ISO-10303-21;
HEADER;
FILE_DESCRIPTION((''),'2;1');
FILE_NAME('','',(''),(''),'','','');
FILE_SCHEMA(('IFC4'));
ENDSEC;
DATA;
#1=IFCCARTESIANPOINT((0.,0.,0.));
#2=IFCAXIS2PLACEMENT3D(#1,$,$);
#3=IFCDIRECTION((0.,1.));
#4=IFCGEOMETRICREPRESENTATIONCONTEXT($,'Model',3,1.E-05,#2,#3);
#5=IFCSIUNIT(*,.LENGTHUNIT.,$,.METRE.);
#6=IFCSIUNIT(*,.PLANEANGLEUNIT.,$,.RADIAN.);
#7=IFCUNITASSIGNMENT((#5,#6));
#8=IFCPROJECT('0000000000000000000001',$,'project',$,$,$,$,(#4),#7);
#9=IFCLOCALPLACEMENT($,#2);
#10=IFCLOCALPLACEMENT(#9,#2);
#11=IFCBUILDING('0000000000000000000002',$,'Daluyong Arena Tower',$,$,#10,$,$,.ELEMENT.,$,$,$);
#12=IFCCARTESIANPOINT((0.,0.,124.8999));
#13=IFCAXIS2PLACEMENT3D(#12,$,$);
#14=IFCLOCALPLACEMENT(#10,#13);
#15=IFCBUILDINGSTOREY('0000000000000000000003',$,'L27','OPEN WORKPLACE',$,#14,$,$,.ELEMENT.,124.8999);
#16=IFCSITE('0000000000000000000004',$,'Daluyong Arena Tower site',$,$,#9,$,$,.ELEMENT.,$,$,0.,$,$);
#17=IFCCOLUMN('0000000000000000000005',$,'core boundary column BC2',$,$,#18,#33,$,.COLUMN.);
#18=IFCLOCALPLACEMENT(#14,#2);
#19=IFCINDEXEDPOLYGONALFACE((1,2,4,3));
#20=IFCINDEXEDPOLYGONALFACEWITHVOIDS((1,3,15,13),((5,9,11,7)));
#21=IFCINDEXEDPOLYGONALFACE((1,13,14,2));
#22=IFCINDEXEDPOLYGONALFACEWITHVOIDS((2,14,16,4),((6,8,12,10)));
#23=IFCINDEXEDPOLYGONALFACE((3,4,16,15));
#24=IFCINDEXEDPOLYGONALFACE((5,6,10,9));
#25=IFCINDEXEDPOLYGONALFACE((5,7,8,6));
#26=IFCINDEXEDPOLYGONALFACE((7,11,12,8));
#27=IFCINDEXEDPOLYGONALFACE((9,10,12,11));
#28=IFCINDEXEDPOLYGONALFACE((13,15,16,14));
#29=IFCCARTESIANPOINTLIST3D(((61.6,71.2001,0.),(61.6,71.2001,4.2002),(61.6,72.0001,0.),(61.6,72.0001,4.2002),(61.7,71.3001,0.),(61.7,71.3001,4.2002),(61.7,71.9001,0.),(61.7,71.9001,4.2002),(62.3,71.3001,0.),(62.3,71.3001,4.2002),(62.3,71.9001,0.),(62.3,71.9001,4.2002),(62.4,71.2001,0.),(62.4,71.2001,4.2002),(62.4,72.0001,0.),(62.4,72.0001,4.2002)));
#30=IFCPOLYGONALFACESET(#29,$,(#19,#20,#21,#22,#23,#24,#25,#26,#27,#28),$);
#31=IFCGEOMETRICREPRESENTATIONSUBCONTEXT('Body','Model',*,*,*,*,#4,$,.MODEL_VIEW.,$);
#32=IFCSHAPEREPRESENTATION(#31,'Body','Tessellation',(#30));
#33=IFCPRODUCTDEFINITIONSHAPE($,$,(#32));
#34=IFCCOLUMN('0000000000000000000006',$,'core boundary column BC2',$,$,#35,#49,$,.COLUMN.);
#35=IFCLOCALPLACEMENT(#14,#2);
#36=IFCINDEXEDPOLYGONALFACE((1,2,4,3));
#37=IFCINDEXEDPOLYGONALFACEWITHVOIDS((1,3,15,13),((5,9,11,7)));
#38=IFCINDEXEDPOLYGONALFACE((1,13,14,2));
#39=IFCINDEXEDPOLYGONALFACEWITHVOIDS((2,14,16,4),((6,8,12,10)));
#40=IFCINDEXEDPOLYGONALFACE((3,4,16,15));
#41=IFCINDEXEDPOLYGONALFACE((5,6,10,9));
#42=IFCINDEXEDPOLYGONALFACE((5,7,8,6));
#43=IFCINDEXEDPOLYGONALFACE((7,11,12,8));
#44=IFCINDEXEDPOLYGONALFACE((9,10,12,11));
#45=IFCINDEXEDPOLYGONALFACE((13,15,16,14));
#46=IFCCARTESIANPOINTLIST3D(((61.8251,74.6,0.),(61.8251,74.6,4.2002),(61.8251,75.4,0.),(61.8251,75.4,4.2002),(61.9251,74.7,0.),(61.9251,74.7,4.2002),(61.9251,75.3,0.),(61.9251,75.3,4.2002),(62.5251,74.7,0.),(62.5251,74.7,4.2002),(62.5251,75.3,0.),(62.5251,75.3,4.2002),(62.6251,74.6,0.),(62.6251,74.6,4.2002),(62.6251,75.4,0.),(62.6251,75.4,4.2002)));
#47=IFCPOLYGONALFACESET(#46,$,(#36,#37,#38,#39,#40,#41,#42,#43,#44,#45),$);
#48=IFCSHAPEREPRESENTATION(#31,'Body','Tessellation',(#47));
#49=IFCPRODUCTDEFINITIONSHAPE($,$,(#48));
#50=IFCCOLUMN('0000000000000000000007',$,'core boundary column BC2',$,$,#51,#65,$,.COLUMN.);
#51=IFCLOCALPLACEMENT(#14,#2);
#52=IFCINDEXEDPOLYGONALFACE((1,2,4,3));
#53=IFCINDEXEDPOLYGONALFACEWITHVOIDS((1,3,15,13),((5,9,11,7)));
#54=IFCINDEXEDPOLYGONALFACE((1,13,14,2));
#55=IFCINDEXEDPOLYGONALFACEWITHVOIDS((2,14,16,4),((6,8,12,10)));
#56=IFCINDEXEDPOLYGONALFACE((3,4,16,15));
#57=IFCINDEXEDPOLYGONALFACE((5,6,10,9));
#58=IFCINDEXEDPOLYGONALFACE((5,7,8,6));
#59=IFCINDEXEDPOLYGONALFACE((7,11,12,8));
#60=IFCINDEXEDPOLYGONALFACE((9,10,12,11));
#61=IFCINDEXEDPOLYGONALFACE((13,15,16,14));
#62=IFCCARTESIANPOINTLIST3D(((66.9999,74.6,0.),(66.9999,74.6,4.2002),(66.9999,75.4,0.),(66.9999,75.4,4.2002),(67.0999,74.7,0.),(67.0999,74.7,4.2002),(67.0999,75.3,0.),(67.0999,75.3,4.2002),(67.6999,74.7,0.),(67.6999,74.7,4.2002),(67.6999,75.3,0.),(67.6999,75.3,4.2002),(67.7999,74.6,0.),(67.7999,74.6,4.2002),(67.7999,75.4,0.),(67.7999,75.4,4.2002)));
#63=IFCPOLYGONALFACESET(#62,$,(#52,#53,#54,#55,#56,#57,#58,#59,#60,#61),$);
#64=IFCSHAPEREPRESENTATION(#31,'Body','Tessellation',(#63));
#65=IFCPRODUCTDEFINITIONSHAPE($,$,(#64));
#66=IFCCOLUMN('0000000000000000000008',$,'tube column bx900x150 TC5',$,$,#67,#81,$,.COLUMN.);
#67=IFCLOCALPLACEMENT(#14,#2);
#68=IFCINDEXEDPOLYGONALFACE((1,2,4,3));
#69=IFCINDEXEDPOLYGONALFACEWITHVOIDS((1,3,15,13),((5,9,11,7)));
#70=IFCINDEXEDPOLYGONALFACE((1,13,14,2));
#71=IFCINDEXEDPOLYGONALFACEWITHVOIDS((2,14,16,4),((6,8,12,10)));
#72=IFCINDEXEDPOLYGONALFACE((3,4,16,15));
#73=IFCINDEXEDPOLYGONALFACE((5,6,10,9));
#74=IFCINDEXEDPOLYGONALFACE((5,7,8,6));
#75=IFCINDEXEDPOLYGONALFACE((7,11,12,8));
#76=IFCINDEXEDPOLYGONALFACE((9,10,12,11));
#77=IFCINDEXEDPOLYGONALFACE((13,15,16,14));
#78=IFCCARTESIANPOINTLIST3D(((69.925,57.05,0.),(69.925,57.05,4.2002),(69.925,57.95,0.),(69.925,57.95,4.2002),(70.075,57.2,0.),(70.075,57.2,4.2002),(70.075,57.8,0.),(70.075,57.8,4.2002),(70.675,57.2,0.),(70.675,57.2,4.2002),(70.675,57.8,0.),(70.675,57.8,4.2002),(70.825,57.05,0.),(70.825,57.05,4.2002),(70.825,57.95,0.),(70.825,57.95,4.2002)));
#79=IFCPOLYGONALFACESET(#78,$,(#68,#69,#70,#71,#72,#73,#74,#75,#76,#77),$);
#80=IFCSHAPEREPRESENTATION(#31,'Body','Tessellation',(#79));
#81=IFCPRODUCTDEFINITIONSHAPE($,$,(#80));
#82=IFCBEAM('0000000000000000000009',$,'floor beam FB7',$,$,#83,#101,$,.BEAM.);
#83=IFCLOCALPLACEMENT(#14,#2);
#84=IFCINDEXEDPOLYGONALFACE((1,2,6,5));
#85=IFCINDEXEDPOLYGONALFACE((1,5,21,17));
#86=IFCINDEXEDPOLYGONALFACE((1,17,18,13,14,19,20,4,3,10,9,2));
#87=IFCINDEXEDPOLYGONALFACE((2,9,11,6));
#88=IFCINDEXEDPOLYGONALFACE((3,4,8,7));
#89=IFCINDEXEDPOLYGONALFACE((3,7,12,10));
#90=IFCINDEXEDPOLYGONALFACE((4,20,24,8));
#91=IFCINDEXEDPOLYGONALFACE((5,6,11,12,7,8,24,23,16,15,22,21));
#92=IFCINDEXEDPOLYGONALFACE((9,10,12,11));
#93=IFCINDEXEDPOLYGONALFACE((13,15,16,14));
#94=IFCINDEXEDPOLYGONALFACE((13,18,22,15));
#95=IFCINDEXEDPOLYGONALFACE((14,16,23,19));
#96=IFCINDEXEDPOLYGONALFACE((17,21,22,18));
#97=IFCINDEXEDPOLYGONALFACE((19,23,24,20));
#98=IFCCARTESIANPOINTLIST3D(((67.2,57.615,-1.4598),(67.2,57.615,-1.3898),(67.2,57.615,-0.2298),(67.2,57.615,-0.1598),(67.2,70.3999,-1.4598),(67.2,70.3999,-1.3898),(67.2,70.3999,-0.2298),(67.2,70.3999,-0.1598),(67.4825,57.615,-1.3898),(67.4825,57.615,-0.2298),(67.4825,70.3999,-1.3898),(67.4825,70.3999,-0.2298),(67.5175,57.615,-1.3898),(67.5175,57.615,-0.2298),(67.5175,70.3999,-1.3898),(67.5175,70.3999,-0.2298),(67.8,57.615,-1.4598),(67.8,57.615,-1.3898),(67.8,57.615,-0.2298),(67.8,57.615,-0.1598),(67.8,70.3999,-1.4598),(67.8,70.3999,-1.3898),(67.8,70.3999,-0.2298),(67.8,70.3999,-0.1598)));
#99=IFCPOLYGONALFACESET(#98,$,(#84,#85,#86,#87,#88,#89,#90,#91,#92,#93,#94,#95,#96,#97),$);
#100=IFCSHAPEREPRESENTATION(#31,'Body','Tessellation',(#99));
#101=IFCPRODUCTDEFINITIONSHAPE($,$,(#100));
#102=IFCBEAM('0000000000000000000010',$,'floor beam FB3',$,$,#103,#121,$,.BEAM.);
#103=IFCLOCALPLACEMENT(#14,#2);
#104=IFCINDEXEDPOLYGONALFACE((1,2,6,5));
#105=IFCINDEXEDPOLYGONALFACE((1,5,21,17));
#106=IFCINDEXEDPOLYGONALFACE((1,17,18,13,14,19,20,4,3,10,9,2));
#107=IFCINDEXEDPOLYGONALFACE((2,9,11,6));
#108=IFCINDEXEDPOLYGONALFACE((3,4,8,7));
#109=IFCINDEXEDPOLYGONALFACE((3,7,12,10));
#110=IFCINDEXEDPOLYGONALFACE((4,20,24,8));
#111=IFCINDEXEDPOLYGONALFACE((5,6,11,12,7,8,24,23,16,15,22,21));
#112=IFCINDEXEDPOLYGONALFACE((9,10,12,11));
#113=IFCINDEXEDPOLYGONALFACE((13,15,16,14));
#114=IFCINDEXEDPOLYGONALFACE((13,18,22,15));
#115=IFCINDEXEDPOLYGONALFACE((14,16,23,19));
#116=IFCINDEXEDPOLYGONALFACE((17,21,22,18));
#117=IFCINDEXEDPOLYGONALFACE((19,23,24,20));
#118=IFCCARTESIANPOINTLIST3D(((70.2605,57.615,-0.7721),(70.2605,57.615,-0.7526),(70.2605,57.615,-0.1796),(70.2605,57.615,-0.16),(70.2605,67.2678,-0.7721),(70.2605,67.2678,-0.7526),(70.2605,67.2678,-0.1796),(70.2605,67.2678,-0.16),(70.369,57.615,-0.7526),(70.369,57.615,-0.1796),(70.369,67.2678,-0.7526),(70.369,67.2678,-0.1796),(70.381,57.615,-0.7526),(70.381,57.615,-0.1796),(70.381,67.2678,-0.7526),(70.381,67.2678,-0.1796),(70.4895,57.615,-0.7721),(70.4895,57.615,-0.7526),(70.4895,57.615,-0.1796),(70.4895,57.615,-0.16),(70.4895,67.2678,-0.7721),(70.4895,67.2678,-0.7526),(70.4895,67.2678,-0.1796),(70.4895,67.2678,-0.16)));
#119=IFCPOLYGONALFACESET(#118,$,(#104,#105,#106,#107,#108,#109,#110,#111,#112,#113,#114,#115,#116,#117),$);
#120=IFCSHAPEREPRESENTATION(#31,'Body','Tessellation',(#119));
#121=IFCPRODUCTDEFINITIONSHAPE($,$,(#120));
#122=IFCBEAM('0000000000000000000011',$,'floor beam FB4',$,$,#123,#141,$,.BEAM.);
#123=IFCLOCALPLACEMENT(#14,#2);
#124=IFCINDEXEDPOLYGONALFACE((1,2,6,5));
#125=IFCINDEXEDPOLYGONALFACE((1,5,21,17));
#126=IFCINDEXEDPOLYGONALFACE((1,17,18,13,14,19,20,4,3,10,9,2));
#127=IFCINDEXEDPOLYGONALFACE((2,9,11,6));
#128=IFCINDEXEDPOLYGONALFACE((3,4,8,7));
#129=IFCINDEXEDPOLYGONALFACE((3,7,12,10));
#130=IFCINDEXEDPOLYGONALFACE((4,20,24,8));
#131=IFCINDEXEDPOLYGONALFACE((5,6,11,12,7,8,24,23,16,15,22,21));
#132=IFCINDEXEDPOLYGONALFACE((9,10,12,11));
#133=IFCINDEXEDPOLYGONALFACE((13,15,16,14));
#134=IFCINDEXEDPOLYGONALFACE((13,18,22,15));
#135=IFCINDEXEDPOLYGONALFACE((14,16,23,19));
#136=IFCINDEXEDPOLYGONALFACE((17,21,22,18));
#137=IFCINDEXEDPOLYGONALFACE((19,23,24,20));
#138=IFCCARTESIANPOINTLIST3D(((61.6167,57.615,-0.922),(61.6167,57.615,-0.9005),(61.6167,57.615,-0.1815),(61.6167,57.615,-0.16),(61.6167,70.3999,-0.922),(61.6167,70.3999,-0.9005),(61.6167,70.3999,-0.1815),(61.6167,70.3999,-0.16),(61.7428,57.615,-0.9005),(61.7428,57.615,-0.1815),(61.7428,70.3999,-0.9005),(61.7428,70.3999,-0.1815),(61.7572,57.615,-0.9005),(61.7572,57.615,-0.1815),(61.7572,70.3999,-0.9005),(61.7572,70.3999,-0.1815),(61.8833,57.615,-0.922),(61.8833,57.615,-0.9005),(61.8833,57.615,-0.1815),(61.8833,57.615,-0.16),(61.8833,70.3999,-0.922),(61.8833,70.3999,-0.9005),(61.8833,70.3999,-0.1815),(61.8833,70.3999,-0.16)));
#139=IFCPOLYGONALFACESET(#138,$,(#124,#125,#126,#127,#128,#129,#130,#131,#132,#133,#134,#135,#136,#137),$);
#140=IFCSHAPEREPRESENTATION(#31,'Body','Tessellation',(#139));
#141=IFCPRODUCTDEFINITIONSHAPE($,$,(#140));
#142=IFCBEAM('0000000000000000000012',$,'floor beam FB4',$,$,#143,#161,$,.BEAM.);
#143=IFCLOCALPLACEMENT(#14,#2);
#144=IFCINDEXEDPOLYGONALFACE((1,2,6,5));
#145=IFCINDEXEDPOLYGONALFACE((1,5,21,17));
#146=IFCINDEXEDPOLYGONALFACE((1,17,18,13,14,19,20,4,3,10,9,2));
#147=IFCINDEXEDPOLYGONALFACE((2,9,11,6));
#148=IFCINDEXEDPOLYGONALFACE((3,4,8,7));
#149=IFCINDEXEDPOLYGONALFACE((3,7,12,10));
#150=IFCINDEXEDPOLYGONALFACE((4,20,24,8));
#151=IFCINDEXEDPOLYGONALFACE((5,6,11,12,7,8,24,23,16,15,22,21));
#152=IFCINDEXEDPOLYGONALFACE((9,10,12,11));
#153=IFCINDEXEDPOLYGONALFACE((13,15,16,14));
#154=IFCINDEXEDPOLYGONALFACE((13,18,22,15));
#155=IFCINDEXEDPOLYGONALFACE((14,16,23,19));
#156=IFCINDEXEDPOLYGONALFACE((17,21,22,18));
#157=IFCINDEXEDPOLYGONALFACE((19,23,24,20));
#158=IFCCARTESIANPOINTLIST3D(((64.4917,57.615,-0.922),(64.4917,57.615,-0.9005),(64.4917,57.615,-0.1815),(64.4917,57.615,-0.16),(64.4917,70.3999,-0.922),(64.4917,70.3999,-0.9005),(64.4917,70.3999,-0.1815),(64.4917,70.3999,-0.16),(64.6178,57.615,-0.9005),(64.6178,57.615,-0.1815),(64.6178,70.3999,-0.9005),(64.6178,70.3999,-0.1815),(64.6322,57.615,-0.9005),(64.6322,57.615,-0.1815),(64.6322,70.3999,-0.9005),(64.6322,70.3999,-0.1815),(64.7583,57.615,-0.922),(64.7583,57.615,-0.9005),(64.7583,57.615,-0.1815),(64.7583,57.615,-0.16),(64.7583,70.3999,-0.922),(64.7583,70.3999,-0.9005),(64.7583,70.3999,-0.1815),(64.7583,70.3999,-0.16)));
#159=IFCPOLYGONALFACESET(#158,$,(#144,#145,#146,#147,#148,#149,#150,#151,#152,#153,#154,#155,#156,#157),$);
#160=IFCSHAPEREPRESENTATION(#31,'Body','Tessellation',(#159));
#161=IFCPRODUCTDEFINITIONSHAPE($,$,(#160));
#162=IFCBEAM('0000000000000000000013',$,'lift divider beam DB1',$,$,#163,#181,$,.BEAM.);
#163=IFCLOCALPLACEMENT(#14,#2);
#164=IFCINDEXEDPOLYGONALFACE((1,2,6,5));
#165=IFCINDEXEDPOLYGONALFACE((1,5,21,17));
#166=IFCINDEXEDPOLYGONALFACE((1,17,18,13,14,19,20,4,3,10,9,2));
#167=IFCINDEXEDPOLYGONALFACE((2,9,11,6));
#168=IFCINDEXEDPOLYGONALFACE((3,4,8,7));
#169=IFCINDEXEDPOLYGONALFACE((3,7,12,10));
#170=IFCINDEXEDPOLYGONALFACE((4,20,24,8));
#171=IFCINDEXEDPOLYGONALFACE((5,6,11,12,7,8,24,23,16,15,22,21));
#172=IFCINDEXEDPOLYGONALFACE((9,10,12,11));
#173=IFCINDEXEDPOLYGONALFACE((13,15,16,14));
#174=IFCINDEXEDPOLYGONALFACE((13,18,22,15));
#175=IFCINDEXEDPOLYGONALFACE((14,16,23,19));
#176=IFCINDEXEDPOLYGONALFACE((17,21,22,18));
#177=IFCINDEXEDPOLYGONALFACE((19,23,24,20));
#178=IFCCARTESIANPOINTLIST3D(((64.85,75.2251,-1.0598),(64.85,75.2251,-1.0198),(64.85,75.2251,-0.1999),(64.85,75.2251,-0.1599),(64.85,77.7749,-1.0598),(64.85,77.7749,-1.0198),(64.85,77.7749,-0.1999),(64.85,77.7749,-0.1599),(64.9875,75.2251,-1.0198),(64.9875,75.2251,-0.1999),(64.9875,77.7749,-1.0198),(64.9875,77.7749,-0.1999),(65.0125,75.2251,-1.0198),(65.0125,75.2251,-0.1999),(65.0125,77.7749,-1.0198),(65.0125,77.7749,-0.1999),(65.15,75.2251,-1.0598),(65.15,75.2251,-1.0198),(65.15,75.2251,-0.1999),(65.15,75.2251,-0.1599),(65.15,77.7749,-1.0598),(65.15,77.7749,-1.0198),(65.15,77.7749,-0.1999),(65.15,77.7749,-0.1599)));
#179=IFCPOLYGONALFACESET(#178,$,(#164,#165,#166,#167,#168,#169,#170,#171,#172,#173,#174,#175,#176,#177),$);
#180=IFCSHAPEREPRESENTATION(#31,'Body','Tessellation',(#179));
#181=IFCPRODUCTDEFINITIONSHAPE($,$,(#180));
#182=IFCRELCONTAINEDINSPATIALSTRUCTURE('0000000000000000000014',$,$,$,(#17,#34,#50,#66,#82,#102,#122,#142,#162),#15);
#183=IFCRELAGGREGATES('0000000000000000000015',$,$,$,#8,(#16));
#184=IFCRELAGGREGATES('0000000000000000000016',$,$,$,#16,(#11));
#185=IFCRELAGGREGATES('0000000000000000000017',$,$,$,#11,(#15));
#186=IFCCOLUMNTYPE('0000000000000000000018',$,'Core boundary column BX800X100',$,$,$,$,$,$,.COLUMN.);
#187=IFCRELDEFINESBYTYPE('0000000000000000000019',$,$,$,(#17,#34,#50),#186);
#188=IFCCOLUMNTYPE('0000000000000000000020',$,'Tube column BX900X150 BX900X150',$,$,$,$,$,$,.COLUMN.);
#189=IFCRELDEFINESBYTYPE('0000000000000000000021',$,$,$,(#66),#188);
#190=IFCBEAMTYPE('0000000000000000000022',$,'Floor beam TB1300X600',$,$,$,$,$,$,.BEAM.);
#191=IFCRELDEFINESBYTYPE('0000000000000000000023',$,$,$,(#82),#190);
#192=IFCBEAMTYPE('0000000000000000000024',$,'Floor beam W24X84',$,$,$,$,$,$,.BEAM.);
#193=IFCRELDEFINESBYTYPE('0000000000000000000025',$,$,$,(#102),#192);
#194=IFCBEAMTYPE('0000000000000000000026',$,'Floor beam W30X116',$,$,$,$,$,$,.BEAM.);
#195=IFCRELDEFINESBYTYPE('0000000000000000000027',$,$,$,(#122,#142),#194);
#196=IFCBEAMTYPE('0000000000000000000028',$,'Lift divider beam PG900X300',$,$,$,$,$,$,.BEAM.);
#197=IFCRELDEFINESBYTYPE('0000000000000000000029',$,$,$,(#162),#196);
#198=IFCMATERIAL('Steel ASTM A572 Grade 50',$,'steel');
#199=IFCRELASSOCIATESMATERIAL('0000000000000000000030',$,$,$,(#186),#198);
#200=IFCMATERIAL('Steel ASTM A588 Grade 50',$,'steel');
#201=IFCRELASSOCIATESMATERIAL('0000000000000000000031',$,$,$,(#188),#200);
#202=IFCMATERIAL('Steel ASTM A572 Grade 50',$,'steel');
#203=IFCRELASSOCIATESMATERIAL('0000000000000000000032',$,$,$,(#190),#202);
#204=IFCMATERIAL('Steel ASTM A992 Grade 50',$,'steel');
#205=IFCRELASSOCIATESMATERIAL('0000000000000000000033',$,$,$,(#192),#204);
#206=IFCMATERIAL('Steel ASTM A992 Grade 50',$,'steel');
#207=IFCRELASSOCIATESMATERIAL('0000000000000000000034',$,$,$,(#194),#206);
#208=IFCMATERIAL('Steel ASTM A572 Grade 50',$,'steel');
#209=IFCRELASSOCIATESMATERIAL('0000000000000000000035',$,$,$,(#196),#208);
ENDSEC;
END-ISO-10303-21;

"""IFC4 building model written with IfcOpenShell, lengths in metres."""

from ifc_helpers import new_model, si_unit, direction, frame, origin, origin_2d, place, context, subcontext, project, spatial, hollow_rectangle, i_section, extrude, material, material_profile, profile_set, type_object, element, save


model = new_model("IFC4")

# Units and contexts
model_context = context("Model", 3, precision=1e-05, world=origin(), true_north=direction((0.0, 1.0)))
body_context = subcontext(model_context, "Body", "Model", "MODEL_VIEW")
ifc_project = project(units=[si_unit("LENGTHUNIT", "METRE"), si_unit("PLANEANGLEUNIT", "RADIAN")], contexts=[model_context])

# Site, building, storey
site_placement = place(None, origin())
site = spatial("IfcSite", under=ifc_project, at=site_placement, Name="Daluyong Arena Tower site", CompositionType="ELEMENT", RefElevation=0.0)
building_placement = place(site_placement, origin())
building = spatial("IfcBuilding", under=site, at=building_placement, Name="Daluyong Arena Tower", CompositionType="ELEMENT")
storey_placement = place(building_placement, frame((0.0, 0.0, 124.8999)))
storey = spatial("IfcBuildingStorey", under=building, at=storey_placement, Name="L27", Description="OPEN WORKPLACE", CompositionType="ELEMENT", Elevation=124.8999)

# Columns
ifc_material_1 = material(Name="Steel ASTM A572 Grade 50", Category="steel")
ifc_material_profile_1 = material_profile(ifc_material_1, hollow_rectangle(XDim=0.8, YDim=0.8, WallThickness=0.1, at=origin_2d()))
ifc_profile_set_1 = profile_set([ifc_material_profile_1], Name="Steel ASTM A572 Grade 50")
column_type_1 = type_object("IfcColumnType", Name="Core boundary column BX800X100", PredefinedType="COLUMN", material=ifc_profile_set_1)
for number, where, z_axis, x_axis, name in (
    (1, (62.0, 71.6001, 0.0), (0.0, 0.0, 1.0), (1.0, 0.0, 0.0), "core boundary column BC2"),
    (2, (62.2251, 75.0, 0.0), (0.0, 0.0, 1.0), (1.0, 0.0, 0.0), "core boundary column BC2"),
    (3, (67.3999, 75.0, 0.0), (0.0, 0.0, 1.0), (1.0, 0.0, 0.0), "core boundary column BC2"),
):
    element("IfcColumn", number, at=place(storey_placement, frame(where, z_axis=z_axis, x_axis=x_axis)), inside=storey, type_object=column_type_1, Name=name, PredefinedType="COLUMN", context=body_context, shape_type="SweptSolid", body=[
        extrude(hollow_rectangle(XDim=0.8, YDim=0.8, WallThickness=0.1, at=origin_2d()), origin(), (0.0, 0.0, 1.0), 4.2002),
    ])
ifc_material_2 = material(Name="Steel ASTM A588 Grade 50", Category="steel")
ifc_material_profile_2 = material_profile(ifc_material_2, hollow_rectangle(XDim=0.8999, YDim=0.8999, WallThickness=0.15, at=origin_2d()))
ifc_profile_set_2 = profile_set([ifc_material_profile_2], Name="Steel ASTM A588 Grade 50")
column_type_2 = type_object("IfcColumnType", Name="Tube column BX900X150 BX900X150", PredefinedType="COLUMN", material=ifc_profile_set_2)
column_placement = place(storey_placement, frame((70.375, 57.5, 0.0), z_axis=(0.0, 0.0, 1.0), x_axis=(1.0, 0.0, 0.0)))
element("IfcColumn", 4, at=column_placement, inside=storey, type_object=column_type_2, Name="tube column bx900x150 TC5", PredefinedType="COLUMN", context=body_context, shape_type="SweptSolid", body=[
    extrude(hollow_rectangle(XDim=0.8999, YDim=0.8999, WallThickness=0.15, at=origin_2d()), origin(), (0.0, 0.0, 1.0), 4.2002),
])

# Beams
ifc_material_3 = material(Name="Steel ASTM A572 Grade 50", Category="steel")
ifc_material_profile_3 = material_profile(ifc_material_3, i_section(OverallWidth=0.6001, OverallDepth=1.3, WebThickness=0.035, FlangeThickness=0.07, at=origin_2d()))
ifc_profile_set_3 = profile_set([ifc_material_profile_3], Name="Steel ASTM A572 Grade 50")
beam_type_1 = type_object("IfcBeamType", Name="Floor beam TB1300X600", PredefinedType="BEAM", material=ifc_profile_set_3)
beam_1_placement = place(storey_placement, frame((67.5, 57.615, -0.8098), z_axis=(0.0, 1.0, 0.0), x_axis=(-1.0, 0.0, 0.0)))
element("IfcBeam", 5, at=beam_1_placement, inside=storey, type_object=beam_type_1, Name="floor beam FB7", PredefinedType="BEAM", context=body_context, shape_type="SweptSolid", body=[
    extrude(i_section(OverallWidth=0.6001, OverallDepth=1.3, WebThickness=0.035, FlangeThickness=0.07, at=origin_2d()), origin(), (0.0, 0.0, 1.0), 12.7849),
])
ifc_material_4 = material(Name="Steel ASTM A992 Grade 50", Category="steel")
ifc_material_profile_4 = material_profile(ifc_material_4, i_section(OverallWidth=0.229, OverallDepth=0.6121, WebThickness=0.012, FlangeThickness=0.0195, at=origin_2d()))
ifc_profile_set_4 = profile_set([ifc_material_profile_4], Name="Steel ASTM A992 Grade 50")
beam_type_2 = type_object("IfcBeamType", Name="Floor beam W24X84", PredefinedType="BEAM", material=ifc_profile_set_4)
beam_2_placement = place(storey_placement, frame((70.375, 57.615, -0.4661), z_axis=(0.0, 1.0, 0.0), x_axis=(-1.0, 0.0, 0.0)))
element("IfcBeam", 6, at=beam_2_placement, inside=storey, type_object=beam_type_2, Name="floor beam FB3", PredefinedType="BEAM", context=body_context, shape_type="SweptSolid", body=[
    extrude(i_section(OverallWidth=0.229, OverallDepth=0.6121, WebThickness=0.012, FlangeThickness=0.0195, at=origin_2d()), origin(), (0.0, 0.0, 1.0), 9.6528),
])
ifc_material_5 = material(Name="Steel ASTM A992 Grade 50", Category="steel")
ifc_material_profile_5 = material_profile(ifc_material_5, i_section(OverallWidth=0.2666, OverallDepth=0.762, WebThickness=0.0144, FlangeThickness=0.0215, at=origin_2d()))
ifc_profile_set_5 = profile_set([ifc_material_profile_5], Name="Steel ASTM A992 Grade 50")
beam_type_3 = type_object("IfcBeamType", Name="Floor beam W30X116", PredefinedType="BEAM", material=ifc_profile_set_5)
for number, where, z_axis, x_axis, name in (
    (7, (61.75, 57.615, -0.541), (0.0, 1.0, 0.0), (-1.0, 0.0, 0.0), "floor beam FB4"),
    (8, (64.625, 57.615, -0.541), (0.0, 1.0, 0.0), (-1.0, 0.0, 0.0), "floor beam FB4"),
):
    element("IfcBeam", number, at=place(storey_placement, frame(where, z_axis=z_axis, x_axis=x_axis)), inside=storey, type_object=beam_type_3, Name=name, PredefinedType="BEAM", context=body_context, shape_type="SweptSolid", body=[
        extrude(i_section(OverallWidth=0.2666, OverallDepth=0.762, WebThickness=0.0144, FlangeThickness=0.0215, at=origin_2d()), origin(), (0.0, 0.0, 1.0), 12.7849),
    ])
ifc_material_6 = material(Name="Steel ASTM A572 Grade 50", Category="steel")
ifc_material_profile_6 = material_profile(ifc_material_6, i_section(OverallWidth=0.3, OverallDepth=0.8999, WebThickness=0.025, FlangeThickness=0.04, at=origin_2d()))
ifc_profile_set_6 = profile_set([ifc_material_profile_6], Name="Steel ASTM A572 Grade 50")
beam_type_4 = type_object("IfcBeamType", Name="Lift divider beam PG900X300", PredefinedType="BEAM", material=ifc_profile_set_6)
beam_3_placement = place(storey_placement, frame((65.0, 75.2251, -0.6099), z_axis=(0.0, 1.0, 0.0), x_axis=(-1.0, 0.0, 0.0)))
element("IfcBeam", 9, at=beam_3_placement, inside=storey, type_object=beam_type_4, Name="lift divider beam DB1", PredefinedType="BEAM", context=body_context, shape_type="SweptSolid", body=[
    extrude(i_section(OverallWidth=0.3, OverallDepth=0.8999, WebThickness=0.025, FlangeThickness=0.04, at=origin_2d()), origin(), (0.0, 0.0, 1.0), 2.5498),
])

save(model, "model.ifc")
